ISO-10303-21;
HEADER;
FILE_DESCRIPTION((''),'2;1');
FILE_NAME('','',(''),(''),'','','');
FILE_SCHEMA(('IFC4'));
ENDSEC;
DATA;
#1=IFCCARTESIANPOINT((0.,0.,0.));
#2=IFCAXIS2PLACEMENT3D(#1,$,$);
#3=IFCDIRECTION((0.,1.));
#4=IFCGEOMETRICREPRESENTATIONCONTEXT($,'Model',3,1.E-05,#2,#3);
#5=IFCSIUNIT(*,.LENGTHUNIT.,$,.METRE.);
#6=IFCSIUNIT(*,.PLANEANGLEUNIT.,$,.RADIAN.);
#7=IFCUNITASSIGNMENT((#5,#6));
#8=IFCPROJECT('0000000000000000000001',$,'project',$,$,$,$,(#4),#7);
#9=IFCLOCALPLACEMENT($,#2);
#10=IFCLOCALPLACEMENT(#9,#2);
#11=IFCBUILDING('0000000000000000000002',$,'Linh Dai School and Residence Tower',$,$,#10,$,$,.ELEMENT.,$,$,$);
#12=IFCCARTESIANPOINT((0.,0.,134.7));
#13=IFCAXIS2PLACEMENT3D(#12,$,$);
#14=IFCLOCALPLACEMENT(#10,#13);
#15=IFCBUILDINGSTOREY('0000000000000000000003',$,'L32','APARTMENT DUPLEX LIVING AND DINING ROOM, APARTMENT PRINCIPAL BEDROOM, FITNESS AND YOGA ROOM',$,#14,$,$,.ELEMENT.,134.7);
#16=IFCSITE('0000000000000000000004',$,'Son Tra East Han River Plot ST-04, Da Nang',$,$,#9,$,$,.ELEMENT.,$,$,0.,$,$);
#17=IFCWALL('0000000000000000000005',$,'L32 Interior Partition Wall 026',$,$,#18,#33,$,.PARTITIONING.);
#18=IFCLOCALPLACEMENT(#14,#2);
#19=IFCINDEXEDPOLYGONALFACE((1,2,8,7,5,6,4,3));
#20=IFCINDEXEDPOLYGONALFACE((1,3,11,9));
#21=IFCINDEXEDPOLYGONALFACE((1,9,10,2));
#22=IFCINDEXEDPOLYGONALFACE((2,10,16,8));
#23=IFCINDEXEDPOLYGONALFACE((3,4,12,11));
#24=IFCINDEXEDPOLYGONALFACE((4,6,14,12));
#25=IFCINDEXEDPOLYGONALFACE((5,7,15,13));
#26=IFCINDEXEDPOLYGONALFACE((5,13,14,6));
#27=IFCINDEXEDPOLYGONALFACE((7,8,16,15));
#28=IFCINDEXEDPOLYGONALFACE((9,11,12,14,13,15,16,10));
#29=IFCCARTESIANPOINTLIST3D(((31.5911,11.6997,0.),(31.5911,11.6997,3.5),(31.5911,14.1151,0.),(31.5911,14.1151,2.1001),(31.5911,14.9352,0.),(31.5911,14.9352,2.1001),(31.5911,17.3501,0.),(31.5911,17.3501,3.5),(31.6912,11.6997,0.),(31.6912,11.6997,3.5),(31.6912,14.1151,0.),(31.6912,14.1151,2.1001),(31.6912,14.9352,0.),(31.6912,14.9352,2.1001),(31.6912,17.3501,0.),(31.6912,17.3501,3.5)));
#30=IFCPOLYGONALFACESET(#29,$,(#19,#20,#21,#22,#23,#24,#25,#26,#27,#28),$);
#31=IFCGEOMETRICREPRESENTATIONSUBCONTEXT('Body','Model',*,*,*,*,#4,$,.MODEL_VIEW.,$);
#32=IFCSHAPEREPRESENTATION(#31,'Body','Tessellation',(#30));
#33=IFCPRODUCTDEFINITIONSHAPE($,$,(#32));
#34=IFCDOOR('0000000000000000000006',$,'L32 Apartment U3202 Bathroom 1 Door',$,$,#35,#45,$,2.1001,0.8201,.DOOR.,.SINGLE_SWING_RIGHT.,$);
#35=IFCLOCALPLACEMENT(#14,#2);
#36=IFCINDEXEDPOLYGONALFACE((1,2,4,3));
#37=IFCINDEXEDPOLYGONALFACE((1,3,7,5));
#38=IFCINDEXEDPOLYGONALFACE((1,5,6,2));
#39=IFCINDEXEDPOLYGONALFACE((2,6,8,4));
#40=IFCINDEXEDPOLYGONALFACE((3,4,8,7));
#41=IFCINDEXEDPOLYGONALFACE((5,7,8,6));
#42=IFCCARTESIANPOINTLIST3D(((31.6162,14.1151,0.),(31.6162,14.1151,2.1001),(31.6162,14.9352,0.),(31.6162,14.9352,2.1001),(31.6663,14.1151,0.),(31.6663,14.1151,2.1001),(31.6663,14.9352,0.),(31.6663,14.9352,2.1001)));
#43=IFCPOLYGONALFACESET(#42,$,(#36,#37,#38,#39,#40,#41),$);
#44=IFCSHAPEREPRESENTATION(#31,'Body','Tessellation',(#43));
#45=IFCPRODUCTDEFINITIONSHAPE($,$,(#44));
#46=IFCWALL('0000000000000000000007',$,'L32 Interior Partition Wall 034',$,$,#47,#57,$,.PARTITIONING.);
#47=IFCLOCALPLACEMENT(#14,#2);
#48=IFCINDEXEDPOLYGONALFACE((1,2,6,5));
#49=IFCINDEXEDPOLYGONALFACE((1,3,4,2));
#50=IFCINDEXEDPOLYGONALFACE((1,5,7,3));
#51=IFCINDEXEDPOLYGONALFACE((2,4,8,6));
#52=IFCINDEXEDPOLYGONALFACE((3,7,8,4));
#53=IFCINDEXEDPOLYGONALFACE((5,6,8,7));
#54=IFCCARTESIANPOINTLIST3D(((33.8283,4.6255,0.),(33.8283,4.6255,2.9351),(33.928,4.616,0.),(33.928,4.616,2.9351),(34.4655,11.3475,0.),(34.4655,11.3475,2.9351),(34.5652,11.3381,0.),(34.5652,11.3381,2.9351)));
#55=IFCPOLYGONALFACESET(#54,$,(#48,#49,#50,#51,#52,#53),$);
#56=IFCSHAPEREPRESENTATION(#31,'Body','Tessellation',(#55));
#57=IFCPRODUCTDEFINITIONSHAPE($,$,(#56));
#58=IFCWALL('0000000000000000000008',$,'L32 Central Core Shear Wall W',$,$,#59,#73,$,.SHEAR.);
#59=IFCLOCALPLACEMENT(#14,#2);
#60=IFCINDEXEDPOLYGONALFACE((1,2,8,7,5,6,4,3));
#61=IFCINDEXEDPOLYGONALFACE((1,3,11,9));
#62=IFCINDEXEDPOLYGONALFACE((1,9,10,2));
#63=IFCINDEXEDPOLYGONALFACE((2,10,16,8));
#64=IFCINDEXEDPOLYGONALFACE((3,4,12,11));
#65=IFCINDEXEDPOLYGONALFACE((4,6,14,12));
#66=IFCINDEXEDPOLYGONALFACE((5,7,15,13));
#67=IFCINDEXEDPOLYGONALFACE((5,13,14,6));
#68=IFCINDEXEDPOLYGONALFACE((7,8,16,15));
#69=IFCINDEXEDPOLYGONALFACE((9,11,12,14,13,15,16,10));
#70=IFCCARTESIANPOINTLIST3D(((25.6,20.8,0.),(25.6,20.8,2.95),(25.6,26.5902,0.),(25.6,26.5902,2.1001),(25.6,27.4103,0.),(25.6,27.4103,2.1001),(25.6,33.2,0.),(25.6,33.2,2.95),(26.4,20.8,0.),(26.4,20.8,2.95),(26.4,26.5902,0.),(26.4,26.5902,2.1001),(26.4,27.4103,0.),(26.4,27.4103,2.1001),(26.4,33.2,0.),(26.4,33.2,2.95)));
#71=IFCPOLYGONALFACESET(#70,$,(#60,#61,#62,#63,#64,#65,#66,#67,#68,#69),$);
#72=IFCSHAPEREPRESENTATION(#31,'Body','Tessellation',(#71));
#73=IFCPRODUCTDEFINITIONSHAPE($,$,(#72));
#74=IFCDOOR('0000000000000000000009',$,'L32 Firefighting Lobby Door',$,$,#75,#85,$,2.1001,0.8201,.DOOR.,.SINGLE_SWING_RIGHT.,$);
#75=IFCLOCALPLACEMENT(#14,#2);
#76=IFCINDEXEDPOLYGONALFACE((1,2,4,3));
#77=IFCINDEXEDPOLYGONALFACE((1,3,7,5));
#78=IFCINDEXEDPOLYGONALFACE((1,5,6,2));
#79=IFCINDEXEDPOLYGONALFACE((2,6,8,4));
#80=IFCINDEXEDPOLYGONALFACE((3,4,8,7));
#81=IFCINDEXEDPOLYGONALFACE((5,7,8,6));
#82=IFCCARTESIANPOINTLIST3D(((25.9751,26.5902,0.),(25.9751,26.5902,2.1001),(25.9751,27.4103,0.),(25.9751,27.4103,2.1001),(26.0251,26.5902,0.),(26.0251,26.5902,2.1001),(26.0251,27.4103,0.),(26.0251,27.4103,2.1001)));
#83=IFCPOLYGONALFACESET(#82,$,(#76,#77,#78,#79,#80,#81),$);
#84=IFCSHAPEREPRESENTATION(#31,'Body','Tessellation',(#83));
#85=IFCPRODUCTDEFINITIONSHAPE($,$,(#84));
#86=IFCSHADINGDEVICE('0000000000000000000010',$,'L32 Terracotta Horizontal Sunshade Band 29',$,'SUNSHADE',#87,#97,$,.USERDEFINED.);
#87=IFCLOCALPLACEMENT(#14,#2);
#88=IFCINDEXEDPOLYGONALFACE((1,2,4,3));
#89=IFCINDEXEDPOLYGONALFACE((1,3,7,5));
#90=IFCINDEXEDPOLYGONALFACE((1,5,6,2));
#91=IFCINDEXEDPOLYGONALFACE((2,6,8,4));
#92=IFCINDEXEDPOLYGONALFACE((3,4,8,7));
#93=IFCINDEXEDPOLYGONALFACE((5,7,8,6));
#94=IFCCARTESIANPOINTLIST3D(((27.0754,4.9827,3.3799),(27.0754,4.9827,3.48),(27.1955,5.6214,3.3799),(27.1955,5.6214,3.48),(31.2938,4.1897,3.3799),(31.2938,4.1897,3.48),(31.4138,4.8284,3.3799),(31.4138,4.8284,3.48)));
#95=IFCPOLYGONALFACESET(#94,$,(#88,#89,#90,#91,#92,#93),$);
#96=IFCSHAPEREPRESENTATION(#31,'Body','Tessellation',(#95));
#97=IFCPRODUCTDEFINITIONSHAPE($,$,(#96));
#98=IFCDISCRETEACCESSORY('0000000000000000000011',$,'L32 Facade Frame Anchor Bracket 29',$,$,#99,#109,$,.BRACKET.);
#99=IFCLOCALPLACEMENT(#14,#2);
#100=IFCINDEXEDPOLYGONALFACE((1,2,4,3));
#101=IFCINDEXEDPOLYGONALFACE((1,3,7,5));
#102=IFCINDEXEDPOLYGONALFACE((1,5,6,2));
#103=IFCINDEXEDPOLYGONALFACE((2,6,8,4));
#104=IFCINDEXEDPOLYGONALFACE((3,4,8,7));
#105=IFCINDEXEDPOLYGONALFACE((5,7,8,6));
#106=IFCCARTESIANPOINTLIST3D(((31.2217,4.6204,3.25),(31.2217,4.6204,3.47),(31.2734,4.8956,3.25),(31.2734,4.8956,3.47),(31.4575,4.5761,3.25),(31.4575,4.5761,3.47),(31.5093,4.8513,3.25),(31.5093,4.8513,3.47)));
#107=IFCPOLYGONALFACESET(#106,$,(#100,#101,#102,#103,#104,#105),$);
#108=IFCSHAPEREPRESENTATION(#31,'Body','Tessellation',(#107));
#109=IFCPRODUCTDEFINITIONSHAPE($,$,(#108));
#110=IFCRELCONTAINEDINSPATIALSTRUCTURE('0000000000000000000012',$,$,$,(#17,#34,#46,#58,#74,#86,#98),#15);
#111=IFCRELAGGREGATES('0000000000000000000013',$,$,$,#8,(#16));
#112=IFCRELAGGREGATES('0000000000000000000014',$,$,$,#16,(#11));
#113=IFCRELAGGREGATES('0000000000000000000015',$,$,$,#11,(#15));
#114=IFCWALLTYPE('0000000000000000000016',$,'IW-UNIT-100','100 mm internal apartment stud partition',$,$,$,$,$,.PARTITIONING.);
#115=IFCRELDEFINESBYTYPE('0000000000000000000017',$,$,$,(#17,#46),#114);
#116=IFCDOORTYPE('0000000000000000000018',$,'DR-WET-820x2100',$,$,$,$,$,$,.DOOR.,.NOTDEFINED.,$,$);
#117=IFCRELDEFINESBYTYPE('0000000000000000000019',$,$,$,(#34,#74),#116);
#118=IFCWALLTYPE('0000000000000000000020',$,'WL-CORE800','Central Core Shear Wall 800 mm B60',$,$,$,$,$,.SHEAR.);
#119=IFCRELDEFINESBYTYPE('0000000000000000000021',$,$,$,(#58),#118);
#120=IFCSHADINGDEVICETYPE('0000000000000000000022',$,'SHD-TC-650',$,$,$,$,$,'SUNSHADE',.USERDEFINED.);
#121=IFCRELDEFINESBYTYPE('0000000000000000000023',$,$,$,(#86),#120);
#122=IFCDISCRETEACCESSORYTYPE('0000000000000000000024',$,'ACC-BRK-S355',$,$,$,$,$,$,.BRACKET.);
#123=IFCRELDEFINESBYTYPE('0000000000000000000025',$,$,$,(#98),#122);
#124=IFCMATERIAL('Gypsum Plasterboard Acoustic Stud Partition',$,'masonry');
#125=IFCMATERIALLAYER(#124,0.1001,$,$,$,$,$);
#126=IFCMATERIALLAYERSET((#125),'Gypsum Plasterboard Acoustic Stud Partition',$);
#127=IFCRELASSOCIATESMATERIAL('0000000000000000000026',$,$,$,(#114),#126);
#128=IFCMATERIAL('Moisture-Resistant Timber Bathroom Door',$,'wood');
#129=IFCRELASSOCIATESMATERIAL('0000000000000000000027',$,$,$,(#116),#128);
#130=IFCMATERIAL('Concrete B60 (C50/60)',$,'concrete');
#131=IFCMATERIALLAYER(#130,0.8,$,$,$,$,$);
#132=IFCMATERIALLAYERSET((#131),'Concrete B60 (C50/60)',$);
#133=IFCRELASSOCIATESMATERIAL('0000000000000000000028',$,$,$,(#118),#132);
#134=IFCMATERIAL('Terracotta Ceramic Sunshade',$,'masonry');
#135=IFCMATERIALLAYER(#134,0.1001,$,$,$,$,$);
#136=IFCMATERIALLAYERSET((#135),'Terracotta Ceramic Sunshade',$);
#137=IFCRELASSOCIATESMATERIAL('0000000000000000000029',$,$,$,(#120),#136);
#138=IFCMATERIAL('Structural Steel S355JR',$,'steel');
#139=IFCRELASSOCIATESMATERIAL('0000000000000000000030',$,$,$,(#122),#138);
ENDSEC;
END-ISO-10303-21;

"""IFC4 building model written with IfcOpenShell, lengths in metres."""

from ifc_helpers import new_model, si_unit, direction, frame, frame_2d, origin, origin_2d, place, context, subcontext, project, spatial, rectangle, extrude, source, transform, mapped, material, layer, layer_set, type_object, element, fill, save


model = new_model("IFC4")

# Units and contexts
model_context = context("Model", 3, precision=1e-05, world=origin(), true_north=direction((0.0, 1.0)))
body_context = subcontext(model_context, "Body", "Model", "MODEL_VIEW")
ifc_project = project(units=[si_unit("LENGTHUNIT", "METRE"), si_unit("PLANEANGLEUNIT", "RADIAN")], contexts=[model_context])

# Site, building, storey
site_placement = place(None, origin())
site = spatial("IfcSite", under=ifc_project, at=site_placement, Name="Son Tra East Han River Plot ST-04, Da Nang", CompositionType="ELEMENT", RefElevation=0.0)
building_placement = place(site_placement, origin())
building = spatial("IfcBuilding", under=site, at=building_placement, Name="Linh Dai School and Residence Tower", CompositionType="ELEMENT")
storey_placement = place(building_placement, frame((0.0, 0.0, 134.7)))
storey = spatial("IfcBuildingStorey", under=building, at=storey_placement, Name="L32", Description="APARTMENT DUPLEX LIVING AND DINING ROOM, APARTMENT PRINCIPAL BEDROOM, FITNESS AND YOGA ROOM", CompositionType="ELEMENT", Elevation=134.7)

# Shared definitions
ifc_material_1 = material(Name="Concrete B60 (C50/60)", Category="concrete")
ifc_material_2 = material(Name="Structural Steel S355JR", Category="steel")

# Shared definitions
ifc_material_3 = material(Name="Gypsum Plasterboard Acoustic Stud Partition", Category="masonry")
ifc_layer_1 = layer(ifc_material_3, 0.1001)
ifc_layer_set_1 = layer_set([ifc_layer_1], Name="Gypsum Plasterboard Acoustic Stud Partition")
wall_type_1 = type_object("IfcWallType", Name="IW-UNIT-100", Description="100 mm internal apartment stud partition", PredefinedType="PARTITIONING", material=ifc_layer_set_1)

# Wall, opening, door
wall_1_placement = place(storey_placement, frame((31.6411, 11.6997, 0.0), z_axis=(0.0, 0.0, 1.0), x_axis=(0.0, 1.0, 0.0)))
wall_1 = element("IfcWall", 1, at=wall_1_placement, inside=storey, type_object=wall_type_1, Name="L32 Interior Partition Wall 026", PredefinedType="PARTITIONING", context=body_context, shape_type="SweptSolid", body=[
    extrude(rectangle(XDim=5.6504, YDim=0.1001, at=frame_2d((2.8252, 0.0))), origin(), (0.0, 0.0, 1.0), 3.5),
])
opening_1_placement = place(wall_1_placement, frame((2.4153, 0.0, 0.0)))
opening_1 = element("IfcOpeningElement", 2, at=opening_1_placement, cuts=wall_1, PredefinedType="OPENING", context=body_context, shape_type="SweptSolid", body=[
    extrude(rectangle(XDim=0.8201, YDim=2.1001, at=origin_2d()), frame((0.4102, 0.0601, 1.05), z_axis=(0.0, -1.0, 0.0), x_axis=(1.0, 0.0, 0.0)), (0.0, 0.0, 1.0), 0.1201),
])
ifc_material_4 = material(Name="Moisture-Resistant Timber Bathroom Door", Category="wood")
door_type_1 = type_object("IfcDoorType", Name="DR-WET-820x2100", OperationType="NOTDEFINED", PredefinedType="DOOR", material=ifc_material_4)
shared_shape_1 = source(origin(), body_context, "Body", "SweptSolid", [
    extrude(rectangle(XDim=0.8201, YDim=2.1001, at=origin_2d()), frame((0.4102, 0.0249, 1.05), z_axis=(0.0, -1.0, 0.0), x_axis=(1.0, 0.0, 0.0)), (0.0, 0.0, 1.0), 0.05),
])
door_1_placement = place(opening_1_placement, origin())
door_1 = element("IfcDoor", 3, at=door_1_placement, inside=storey, type_object=door_type_1, Name="L32 Apartment U3202 Bathroom 1 Door", OperationType="SINGLE_SWING_RIGHT", OverallHeight=2.1001, OverallWidth=0.8201, PredefinedType="DOOR", context=body_context, shape_type="MappedRepresentation", body=[
    mapped(shared_shape_1, transform((0.0, 0.0, 0.0), x_axis=(1.0, 0.0, 0.0), y_axis=(0.0, 1.0, 0.0), z_axis=(0.0, 0.0, 1.0), scale=1.0)),
])
fill(opening_1, door_1)

# Wall
wall_2_placement = place(storey_placement, frame((33.8782, 4.6208, 0.0), z_axis=(0.0, 0.0, 1.0), x_axis=(0.094369, 0.995537, 0.0)))
element("IfcWall", 4, at=wall_2_placement, inside=storey, type_object=wall_type_1, Name="L32 Interior Partition Wall 034", PredefinedType="PARTITIONING", context=body_context, shape_type="SweptSolid", body=[
    extrude(rectangle(XDim=6.7522, YDim=0.1001, at=frame_2d((3.376, 0.0))), origin(), (0.0, 0.0, 1.0), 2.9351),
])

# Wall, opening, door
ifc_layer_2 = layer(ifc_material_1, 0.8)
ifc_layer_set_2 = layer_set([ifc_layer_2], Name="Concrete B60 (C50/60)")
wall_type_2 = type_object("IfcWallType", Name="WL-CORE800", Description="Central Core Shear Wall 800 mm B60", PredefinedType="SHEAR", material=ifc_layer_set_2)
wall_3_placement = place(storey_placement, frame((26.0, 20.8, 0.0), z_axis=(0.0, 0.0, 1.0), x_axis=(0.0, 1.0, 0.0)))
wall_3 = element("IfcWall", 5, at=wall_3_placement, inside=storey, type_object=wall_type_2, Name="L32 Central Core Shear Wall W", PredefinedType="SHEAR", context=body_context, shape_type="SweptSolid", body=[
    extrude(rectangle(XDim=12.3999, YDim=0.8, at=frame_2d((6.2, 0.0))), origin(), (0.0, 0.0, 1.0), 2.95),
])
opening_2_placement = place(wall_3_placement, frame((5.79, 0.0, 0.0)))
opening_2 = element("IfcOpeningElement", 6, at=opening_2_placement, cuts=wall_3, PredefinedType="OPENING", context=body_context, shape_type="SweptSolid", body=[
    extrude(rectangle(XDim=0.8201, YDim=2.1001, at=origin_2d()), frame((0.4102, 0.4102, 1.05), z_axis=(0.0, -1.0, 0.0), x_axis=(1.0, 0.0, 0.0)), (0.0, 0.0, 1.0), 0.8201),
])
door_2_placement = place(opening_2_placement, origin())
door_2 = element("IfcDoor", 7, at=door_2_placement, inside=storey, type_object=door_type_1, Name="L32 Firefighting Lobby Door", OperationType="SINGLE_SWING_RIGHT", OverallHeight=2.1001, OverallWidth=0.8201, PredefinedType="DOOR", context=body_context, shape_type="MappedRepresentation", body=[
    mapped(shared_shape_1, transform((0.0, 0.0, 0.0), x_axis=(1.0, 0.0, 0.0), y_axis=(0.0, 1.0, 0.0), z_axis=(0.0, 0.0, 1.0), scale=1.0)),
])
fill(opening_2, door_2)

# Shading device
ifc_material_5 = material(Name="Terracotta Ceramic Sunshade", Category="masonry")
ifc_layer_3 = layer(ifc_material_5, 0.1001)
ifc_layer_set_3 = layer_set([ifc_layer_3], Name="Terracotta Ceramic Sunshade")
shading_device_type = type_object("IfcShadingDeviceType", Name="SHD-TC-650", ElementType="SUNSHADE", PredefinedType="USERDEFINED", material=ifc_layer_set_3)
shared_shape_2 = source(origin(), body_context, "Body", "SweptSolid", [
    extrude(rectangle(XDim=4.2922, YDim=0.6499, at=origin_2d()), origin(), (0.0, 0.0, 1.0), 0.1001),
])
shading_device_placement = place(storey_placement, frame((29.2446, 4.9055, 3.3799), z_axis=(0.0, 0.0, 1.0), x_axis=(-0.982785, 0.184755, 0.0)))
element("IfcShadingDevice", 8, at=shading_device_placement, inside=storey, type_object=shading_device_type, Name="L32 Terracotta Horizontal Sunshade Band 29", ObjectType="SUNSHADE", PredefinedType="USERDEFINED", context=body_context, shape_type="MappedRepresentation", body=[
    mapped(shared_shape_2, transform((0.0, 0.0, 0.0), x_axis=(1.0, 0.0, 0.0), y_axis=(0.0, 1.0, 0.0), z_axis=(0.0, 0.0, 1.0), scale=1.0)),
])

# Discrete accessory
discrete_accessory_type = type_object("IfcDiscreteAccessoryType", Name="ACC-BRK-S355", PredefinedType="BRACKET", material=ifc_material_2)
shared_shape_3 = source(origin(), body_context, "Body", "SweptSolid", [
    extrude(rectangle(XDim=0.28, YDim=0.24, at=origin_2d()), origin(), (0.0, 0.0, 1.0), 0.22),
])
discrete_accessory_placement = place(storey_placement, frame((31.3655, 4.7358, 3.25), z_axis=(0.0, 0.0, 1.0), x_axis=(-0.184755, -0.982785, 0.0)))
element("IfcDiscreteAccessory", 9, at=discrete_accessory_placement, inside=storey, type_object=discrete_accessory_type, Name="L32 Facade Frame Anchor Bracket 29", PredefinedType="BRACKET", context=body_context, shape_type="MappedRepresentation", body=[
    mapped(shared_shape_3, transform((0.0, 0.0, 0.0), x_axis=(1.0, 0.0, 0.0), y_axis=(0.0, 1.0, 0.0), z_axis=(0.0, 0.0, 1.0), scale=1.0)),
])

save(model, "model.ifc")
